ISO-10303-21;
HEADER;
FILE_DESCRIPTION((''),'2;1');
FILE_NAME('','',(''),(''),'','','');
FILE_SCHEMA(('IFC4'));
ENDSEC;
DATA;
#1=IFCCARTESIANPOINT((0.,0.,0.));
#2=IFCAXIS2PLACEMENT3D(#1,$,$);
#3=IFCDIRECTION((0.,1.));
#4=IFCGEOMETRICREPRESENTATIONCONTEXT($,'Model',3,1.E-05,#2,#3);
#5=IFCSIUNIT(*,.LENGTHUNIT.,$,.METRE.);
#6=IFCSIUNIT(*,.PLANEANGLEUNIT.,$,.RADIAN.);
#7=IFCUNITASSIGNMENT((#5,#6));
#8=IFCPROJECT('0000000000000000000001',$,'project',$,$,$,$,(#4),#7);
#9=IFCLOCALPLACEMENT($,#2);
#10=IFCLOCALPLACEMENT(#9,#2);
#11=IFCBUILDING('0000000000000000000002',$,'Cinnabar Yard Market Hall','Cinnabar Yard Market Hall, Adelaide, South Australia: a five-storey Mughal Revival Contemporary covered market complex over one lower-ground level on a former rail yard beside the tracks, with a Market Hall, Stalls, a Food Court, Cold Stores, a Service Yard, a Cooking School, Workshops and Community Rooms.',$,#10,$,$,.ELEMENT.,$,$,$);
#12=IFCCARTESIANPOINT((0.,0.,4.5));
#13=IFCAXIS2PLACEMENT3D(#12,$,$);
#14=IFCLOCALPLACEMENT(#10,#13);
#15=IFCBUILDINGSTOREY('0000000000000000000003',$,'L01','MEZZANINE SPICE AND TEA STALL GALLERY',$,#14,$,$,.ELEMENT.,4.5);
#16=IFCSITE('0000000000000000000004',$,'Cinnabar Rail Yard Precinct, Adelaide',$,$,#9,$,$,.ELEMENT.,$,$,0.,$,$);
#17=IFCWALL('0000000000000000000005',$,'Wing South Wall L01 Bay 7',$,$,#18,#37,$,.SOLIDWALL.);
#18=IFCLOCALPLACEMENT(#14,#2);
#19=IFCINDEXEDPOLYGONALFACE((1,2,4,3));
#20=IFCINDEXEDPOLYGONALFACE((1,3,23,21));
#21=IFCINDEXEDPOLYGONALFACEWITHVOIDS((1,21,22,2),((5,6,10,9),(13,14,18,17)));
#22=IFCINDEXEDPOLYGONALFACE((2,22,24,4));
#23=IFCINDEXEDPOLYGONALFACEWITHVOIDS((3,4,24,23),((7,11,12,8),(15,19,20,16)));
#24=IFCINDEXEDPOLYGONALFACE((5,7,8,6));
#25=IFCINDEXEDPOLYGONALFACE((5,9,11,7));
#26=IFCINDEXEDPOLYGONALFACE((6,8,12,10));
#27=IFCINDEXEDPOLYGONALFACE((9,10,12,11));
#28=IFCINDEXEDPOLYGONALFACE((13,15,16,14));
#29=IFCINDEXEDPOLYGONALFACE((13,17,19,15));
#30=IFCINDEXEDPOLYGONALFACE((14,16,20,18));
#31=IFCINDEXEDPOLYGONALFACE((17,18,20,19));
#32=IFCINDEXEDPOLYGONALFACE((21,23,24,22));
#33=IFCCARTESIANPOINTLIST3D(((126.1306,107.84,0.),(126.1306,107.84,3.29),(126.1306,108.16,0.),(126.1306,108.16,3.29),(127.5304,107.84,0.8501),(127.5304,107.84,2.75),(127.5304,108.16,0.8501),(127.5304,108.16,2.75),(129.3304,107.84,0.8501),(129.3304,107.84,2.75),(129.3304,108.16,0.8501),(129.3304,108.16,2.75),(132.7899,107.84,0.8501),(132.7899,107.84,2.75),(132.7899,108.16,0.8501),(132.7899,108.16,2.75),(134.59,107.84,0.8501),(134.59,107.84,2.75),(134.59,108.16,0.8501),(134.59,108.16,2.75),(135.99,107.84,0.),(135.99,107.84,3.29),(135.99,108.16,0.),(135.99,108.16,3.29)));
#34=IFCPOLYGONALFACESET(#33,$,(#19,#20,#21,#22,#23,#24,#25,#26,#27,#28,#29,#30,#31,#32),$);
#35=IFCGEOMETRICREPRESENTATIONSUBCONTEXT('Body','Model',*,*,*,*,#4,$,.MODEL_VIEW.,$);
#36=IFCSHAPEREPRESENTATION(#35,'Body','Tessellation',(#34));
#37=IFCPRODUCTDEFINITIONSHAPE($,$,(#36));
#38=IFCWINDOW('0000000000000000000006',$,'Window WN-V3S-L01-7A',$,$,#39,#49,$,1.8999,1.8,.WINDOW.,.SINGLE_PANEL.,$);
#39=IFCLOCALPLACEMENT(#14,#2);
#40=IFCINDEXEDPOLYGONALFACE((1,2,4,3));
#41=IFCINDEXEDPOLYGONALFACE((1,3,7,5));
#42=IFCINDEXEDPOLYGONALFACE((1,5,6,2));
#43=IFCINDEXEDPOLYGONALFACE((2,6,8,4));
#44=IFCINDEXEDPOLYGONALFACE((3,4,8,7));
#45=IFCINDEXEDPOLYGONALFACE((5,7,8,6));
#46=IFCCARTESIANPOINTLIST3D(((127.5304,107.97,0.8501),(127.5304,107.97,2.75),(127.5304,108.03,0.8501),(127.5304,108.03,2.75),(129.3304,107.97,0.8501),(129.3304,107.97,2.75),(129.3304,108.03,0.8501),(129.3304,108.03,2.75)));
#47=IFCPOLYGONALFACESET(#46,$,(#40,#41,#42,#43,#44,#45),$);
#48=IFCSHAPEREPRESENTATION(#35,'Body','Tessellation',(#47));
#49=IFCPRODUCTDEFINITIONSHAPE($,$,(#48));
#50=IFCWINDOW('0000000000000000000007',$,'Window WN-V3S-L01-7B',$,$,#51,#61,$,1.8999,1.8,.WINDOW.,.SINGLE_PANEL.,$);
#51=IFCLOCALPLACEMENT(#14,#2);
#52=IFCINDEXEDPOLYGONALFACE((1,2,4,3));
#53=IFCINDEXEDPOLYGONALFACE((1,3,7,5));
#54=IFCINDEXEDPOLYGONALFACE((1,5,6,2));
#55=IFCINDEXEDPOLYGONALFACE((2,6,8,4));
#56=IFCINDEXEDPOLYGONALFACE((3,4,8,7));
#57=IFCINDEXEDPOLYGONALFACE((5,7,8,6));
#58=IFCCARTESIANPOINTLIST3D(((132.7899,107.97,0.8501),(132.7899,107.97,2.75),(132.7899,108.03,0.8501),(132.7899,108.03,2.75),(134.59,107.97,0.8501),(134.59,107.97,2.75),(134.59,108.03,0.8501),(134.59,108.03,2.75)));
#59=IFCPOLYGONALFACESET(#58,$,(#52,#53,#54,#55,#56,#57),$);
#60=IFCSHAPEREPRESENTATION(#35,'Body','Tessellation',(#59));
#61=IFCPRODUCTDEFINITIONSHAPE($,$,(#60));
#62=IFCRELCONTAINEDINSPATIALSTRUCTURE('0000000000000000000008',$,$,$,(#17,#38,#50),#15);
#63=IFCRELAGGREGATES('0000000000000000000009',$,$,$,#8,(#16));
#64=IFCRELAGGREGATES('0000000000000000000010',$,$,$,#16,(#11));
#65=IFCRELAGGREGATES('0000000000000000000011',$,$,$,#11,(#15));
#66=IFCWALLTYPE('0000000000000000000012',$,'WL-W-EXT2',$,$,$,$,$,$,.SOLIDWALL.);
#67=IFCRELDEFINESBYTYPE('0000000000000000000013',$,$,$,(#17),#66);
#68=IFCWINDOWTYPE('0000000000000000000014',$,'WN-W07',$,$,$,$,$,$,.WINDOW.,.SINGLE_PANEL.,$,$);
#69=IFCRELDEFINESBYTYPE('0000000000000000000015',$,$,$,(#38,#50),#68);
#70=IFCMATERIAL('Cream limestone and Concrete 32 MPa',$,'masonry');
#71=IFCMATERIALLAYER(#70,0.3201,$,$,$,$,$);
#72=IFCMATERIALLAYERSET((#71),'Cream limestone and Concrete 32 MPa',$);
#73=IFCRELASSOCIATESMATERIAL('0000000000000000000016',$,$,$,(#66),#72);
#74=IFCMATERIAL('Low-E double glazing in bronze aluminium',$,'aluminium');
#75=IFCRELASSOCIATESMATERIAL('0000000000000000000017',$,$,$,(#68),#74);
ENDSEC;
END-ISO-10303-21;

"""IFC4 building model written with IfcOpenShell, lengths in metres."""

from ifc_helpers import new_model, si_unit, direction, frame, frame_2d, origin, place, context, subcontext, project, spatial, rectangle, extrude, material, layer, layer_set, type_object, element, fill, save


model = new_model("IFC4")

# Units and contexts
model_context = context("Model", 3, precision=1e-05, world=origin(), true_north=direction((0.0, 1.0)))
body_context = subcontext(model_context, "Body", "Model", "MODEL_VIEW")
ifc_project = project(units=[si_unit("LENGTHUNIT", "METRE"), si_unit("PLANEANGLEUNIT", "RADIAN")], contexts=[model_context])

# Site, building, storey
site_placement = place(None, origin())
site = spatial("IfcSite", under=ifc_project, at=site_placement, Name="Cinnabar Rail Yard Precinct, Adelaide", CompositionType="ELEMENT", RefElevation=0.0)
building_placement = place(site_placement, origin())
building = spatial("IfcBuilding", under=site, at=building_placement, Name="Cinnabar Yard Market Hall", Description="Cinnabar Yard Market Hall, Adelaide, South Australia: a five-storey Mughal Revival Contemporary covered market complex over one lower-ground level on a former rail yard beside the tracks, with a Market Hall, Stalls, a Food Court, Cold Stores, a Service Yard, a Cooking School, Workshops and Community Rooms.", CompositionType="ELEMENT")
storey_placement = place(building_placement, frame((0.0, 0.0, 4.5)))
storey = spatial("IfcBuildingStorey", under=building, at=storey_placement, Name="L01", Description="MEZZANINE SPICE AND TEA STALL GALLERY", CompositionType="ELEMENT", Elevation=4.5)

# Wall, openings, windows
ifc_material_1 = material(Name="Cream limestone and Concrete 32 MPa", Category="masonry")
ifc_layer_1 = layer(ifc_material_1, 0.3201)
ifc_layer_set_1 = layer_set([ifc_layer_1], Name="Cream limestone and Concrete 32 MPa")
wall_type = type_object("IfcWallType", Name="WL-W-EXT2", PredefinedType="SOLIDWALL", material=ifc_layer_set_1)
wall_placement = place(storey_placement, frame((126.1306, 108.0, 0.0), z_axis=(0.0, 0.0, 1.0), x_axis=(1.0, 0.0, 0.0)))
wall = element("IfcWall", 1, at=wall_placement, inside=storey, type_object=wall_type, Name="Wing South Wall L01 Bay 7", PredefinedType="SOLIDWALL", context=body_context, shape_type="SweptSolid", body=[
    extrude(rectangle(XDim=9.8594, YDim=0.3201, at=frame_2d((4.9297, 0.0), x_axis=(1.0, 0.0))), origin(), (0.0, 0.0, 1.0), 3.29),
])
opening_1_placement = place(wall_placement, frame((1.3999, 0.0, 0.8501)))
opening_1 = element("IfcOpeningElement", 2, at=opening_1_placement, cuts=wall, PredefinedType="OPENING", context=body_context, shape_type="SweptSolid", body=[
    extrude(rectangle(XDim=1.8, YDim=1.8999, at=frame_2d((0.8999, 0.95), x_axis=(1.0, 0.0))), frame((0.0, 0.1699, 0.0), z_axis=(0.0, -1.0, 0.0), x_axis=(1.0, 0.0, 0.0)), (0.0, 0.0, 1.0), 0.3401),
])
opening_2_placement = place(wall_placement, frame((6.6594, 0.0, 0.8501)))
opening_2 = element("IfcOpeningElement", 3, at=opening_2_placement, cuts=wall, PredefinedType="OPENING", context=body_context, shape_type="SweptSolid", body=[
    extrude(rectangle(XDim=1.8, YDim=1.8999, at=frame_2d((0.8999, 0.95), x_axis=(1.0, 0.0))), frame((0.0, 0.1699, 0.0), z_axis=(0.0, -1.0, 0.0), x_axis=(1.0, 0.0, 0.0)), (0.0, 0.0, 1.0), 0.3401),
])
ifc_material_2 = material(Name="Low-E double glazing in bronze aluminium", Category="aluminium")
window_type = type_object("IfcWindowType", Name="WN-W07", PartitioningType="SINGLE_PANEL", PredefinedType="WINDOW", material=ifc_material_2)
window_1_placement = place(opening_1_placement, origin())
window_1 = element("IfcWindow", 4, at=window_1_placement, inside=storey, type_object=window_type, Name="Window WN-V3S-L01-7A", OverallHeight=1.8999, OverallWidth=1.8, PartitioningType="SINGLE_PANEL", PredefinedType="WINDOW", context=body_context, shape_type="SweptSolid", body=[
    extrude(rectangle(XDim=1.8, YDim=1.8999, at=frame_2d((0.8999, 0.95), x_axis=(1.0, 0.0))), frame((0.0, 0.03, 0.0), z_axis=(0.0, -1.0, 0.0), x_axis=(1.0, 0.0, 0.0)), (0.0, 0.0, 1.0), 0.0601),
])
fill(opening_1, window_1)
window_2_placement = place(opening_2_placement, origin())
window_2 = element("IfcWindow", 5, at=window_2_placement, inside=storey, type_object=window_type, Name="Window WN-V3S-L01-7B", OverallHeight=1.8999, OverallWidth=1.8, PartitioningType="SINGLE_PANEL", PredefinedType="WINDOW", context=body_context, shape_type="SweptSolid", body=[
    extrude(rectangle(XDim=1.8, YDim=1.8999, at=frame_2d((0.8999, 0.95), x_axis=(1.0, 0.0))), frame((0.0, 0.03, 0.0), z_axis=(0.0, -1.0, 0.0), x_axis=(1.0, 0.0, 0.0)), (0.0, 0.0, 1.0), 0.0601),
])
fill(opening_2, window_2)

save(model, "model.ifc")
